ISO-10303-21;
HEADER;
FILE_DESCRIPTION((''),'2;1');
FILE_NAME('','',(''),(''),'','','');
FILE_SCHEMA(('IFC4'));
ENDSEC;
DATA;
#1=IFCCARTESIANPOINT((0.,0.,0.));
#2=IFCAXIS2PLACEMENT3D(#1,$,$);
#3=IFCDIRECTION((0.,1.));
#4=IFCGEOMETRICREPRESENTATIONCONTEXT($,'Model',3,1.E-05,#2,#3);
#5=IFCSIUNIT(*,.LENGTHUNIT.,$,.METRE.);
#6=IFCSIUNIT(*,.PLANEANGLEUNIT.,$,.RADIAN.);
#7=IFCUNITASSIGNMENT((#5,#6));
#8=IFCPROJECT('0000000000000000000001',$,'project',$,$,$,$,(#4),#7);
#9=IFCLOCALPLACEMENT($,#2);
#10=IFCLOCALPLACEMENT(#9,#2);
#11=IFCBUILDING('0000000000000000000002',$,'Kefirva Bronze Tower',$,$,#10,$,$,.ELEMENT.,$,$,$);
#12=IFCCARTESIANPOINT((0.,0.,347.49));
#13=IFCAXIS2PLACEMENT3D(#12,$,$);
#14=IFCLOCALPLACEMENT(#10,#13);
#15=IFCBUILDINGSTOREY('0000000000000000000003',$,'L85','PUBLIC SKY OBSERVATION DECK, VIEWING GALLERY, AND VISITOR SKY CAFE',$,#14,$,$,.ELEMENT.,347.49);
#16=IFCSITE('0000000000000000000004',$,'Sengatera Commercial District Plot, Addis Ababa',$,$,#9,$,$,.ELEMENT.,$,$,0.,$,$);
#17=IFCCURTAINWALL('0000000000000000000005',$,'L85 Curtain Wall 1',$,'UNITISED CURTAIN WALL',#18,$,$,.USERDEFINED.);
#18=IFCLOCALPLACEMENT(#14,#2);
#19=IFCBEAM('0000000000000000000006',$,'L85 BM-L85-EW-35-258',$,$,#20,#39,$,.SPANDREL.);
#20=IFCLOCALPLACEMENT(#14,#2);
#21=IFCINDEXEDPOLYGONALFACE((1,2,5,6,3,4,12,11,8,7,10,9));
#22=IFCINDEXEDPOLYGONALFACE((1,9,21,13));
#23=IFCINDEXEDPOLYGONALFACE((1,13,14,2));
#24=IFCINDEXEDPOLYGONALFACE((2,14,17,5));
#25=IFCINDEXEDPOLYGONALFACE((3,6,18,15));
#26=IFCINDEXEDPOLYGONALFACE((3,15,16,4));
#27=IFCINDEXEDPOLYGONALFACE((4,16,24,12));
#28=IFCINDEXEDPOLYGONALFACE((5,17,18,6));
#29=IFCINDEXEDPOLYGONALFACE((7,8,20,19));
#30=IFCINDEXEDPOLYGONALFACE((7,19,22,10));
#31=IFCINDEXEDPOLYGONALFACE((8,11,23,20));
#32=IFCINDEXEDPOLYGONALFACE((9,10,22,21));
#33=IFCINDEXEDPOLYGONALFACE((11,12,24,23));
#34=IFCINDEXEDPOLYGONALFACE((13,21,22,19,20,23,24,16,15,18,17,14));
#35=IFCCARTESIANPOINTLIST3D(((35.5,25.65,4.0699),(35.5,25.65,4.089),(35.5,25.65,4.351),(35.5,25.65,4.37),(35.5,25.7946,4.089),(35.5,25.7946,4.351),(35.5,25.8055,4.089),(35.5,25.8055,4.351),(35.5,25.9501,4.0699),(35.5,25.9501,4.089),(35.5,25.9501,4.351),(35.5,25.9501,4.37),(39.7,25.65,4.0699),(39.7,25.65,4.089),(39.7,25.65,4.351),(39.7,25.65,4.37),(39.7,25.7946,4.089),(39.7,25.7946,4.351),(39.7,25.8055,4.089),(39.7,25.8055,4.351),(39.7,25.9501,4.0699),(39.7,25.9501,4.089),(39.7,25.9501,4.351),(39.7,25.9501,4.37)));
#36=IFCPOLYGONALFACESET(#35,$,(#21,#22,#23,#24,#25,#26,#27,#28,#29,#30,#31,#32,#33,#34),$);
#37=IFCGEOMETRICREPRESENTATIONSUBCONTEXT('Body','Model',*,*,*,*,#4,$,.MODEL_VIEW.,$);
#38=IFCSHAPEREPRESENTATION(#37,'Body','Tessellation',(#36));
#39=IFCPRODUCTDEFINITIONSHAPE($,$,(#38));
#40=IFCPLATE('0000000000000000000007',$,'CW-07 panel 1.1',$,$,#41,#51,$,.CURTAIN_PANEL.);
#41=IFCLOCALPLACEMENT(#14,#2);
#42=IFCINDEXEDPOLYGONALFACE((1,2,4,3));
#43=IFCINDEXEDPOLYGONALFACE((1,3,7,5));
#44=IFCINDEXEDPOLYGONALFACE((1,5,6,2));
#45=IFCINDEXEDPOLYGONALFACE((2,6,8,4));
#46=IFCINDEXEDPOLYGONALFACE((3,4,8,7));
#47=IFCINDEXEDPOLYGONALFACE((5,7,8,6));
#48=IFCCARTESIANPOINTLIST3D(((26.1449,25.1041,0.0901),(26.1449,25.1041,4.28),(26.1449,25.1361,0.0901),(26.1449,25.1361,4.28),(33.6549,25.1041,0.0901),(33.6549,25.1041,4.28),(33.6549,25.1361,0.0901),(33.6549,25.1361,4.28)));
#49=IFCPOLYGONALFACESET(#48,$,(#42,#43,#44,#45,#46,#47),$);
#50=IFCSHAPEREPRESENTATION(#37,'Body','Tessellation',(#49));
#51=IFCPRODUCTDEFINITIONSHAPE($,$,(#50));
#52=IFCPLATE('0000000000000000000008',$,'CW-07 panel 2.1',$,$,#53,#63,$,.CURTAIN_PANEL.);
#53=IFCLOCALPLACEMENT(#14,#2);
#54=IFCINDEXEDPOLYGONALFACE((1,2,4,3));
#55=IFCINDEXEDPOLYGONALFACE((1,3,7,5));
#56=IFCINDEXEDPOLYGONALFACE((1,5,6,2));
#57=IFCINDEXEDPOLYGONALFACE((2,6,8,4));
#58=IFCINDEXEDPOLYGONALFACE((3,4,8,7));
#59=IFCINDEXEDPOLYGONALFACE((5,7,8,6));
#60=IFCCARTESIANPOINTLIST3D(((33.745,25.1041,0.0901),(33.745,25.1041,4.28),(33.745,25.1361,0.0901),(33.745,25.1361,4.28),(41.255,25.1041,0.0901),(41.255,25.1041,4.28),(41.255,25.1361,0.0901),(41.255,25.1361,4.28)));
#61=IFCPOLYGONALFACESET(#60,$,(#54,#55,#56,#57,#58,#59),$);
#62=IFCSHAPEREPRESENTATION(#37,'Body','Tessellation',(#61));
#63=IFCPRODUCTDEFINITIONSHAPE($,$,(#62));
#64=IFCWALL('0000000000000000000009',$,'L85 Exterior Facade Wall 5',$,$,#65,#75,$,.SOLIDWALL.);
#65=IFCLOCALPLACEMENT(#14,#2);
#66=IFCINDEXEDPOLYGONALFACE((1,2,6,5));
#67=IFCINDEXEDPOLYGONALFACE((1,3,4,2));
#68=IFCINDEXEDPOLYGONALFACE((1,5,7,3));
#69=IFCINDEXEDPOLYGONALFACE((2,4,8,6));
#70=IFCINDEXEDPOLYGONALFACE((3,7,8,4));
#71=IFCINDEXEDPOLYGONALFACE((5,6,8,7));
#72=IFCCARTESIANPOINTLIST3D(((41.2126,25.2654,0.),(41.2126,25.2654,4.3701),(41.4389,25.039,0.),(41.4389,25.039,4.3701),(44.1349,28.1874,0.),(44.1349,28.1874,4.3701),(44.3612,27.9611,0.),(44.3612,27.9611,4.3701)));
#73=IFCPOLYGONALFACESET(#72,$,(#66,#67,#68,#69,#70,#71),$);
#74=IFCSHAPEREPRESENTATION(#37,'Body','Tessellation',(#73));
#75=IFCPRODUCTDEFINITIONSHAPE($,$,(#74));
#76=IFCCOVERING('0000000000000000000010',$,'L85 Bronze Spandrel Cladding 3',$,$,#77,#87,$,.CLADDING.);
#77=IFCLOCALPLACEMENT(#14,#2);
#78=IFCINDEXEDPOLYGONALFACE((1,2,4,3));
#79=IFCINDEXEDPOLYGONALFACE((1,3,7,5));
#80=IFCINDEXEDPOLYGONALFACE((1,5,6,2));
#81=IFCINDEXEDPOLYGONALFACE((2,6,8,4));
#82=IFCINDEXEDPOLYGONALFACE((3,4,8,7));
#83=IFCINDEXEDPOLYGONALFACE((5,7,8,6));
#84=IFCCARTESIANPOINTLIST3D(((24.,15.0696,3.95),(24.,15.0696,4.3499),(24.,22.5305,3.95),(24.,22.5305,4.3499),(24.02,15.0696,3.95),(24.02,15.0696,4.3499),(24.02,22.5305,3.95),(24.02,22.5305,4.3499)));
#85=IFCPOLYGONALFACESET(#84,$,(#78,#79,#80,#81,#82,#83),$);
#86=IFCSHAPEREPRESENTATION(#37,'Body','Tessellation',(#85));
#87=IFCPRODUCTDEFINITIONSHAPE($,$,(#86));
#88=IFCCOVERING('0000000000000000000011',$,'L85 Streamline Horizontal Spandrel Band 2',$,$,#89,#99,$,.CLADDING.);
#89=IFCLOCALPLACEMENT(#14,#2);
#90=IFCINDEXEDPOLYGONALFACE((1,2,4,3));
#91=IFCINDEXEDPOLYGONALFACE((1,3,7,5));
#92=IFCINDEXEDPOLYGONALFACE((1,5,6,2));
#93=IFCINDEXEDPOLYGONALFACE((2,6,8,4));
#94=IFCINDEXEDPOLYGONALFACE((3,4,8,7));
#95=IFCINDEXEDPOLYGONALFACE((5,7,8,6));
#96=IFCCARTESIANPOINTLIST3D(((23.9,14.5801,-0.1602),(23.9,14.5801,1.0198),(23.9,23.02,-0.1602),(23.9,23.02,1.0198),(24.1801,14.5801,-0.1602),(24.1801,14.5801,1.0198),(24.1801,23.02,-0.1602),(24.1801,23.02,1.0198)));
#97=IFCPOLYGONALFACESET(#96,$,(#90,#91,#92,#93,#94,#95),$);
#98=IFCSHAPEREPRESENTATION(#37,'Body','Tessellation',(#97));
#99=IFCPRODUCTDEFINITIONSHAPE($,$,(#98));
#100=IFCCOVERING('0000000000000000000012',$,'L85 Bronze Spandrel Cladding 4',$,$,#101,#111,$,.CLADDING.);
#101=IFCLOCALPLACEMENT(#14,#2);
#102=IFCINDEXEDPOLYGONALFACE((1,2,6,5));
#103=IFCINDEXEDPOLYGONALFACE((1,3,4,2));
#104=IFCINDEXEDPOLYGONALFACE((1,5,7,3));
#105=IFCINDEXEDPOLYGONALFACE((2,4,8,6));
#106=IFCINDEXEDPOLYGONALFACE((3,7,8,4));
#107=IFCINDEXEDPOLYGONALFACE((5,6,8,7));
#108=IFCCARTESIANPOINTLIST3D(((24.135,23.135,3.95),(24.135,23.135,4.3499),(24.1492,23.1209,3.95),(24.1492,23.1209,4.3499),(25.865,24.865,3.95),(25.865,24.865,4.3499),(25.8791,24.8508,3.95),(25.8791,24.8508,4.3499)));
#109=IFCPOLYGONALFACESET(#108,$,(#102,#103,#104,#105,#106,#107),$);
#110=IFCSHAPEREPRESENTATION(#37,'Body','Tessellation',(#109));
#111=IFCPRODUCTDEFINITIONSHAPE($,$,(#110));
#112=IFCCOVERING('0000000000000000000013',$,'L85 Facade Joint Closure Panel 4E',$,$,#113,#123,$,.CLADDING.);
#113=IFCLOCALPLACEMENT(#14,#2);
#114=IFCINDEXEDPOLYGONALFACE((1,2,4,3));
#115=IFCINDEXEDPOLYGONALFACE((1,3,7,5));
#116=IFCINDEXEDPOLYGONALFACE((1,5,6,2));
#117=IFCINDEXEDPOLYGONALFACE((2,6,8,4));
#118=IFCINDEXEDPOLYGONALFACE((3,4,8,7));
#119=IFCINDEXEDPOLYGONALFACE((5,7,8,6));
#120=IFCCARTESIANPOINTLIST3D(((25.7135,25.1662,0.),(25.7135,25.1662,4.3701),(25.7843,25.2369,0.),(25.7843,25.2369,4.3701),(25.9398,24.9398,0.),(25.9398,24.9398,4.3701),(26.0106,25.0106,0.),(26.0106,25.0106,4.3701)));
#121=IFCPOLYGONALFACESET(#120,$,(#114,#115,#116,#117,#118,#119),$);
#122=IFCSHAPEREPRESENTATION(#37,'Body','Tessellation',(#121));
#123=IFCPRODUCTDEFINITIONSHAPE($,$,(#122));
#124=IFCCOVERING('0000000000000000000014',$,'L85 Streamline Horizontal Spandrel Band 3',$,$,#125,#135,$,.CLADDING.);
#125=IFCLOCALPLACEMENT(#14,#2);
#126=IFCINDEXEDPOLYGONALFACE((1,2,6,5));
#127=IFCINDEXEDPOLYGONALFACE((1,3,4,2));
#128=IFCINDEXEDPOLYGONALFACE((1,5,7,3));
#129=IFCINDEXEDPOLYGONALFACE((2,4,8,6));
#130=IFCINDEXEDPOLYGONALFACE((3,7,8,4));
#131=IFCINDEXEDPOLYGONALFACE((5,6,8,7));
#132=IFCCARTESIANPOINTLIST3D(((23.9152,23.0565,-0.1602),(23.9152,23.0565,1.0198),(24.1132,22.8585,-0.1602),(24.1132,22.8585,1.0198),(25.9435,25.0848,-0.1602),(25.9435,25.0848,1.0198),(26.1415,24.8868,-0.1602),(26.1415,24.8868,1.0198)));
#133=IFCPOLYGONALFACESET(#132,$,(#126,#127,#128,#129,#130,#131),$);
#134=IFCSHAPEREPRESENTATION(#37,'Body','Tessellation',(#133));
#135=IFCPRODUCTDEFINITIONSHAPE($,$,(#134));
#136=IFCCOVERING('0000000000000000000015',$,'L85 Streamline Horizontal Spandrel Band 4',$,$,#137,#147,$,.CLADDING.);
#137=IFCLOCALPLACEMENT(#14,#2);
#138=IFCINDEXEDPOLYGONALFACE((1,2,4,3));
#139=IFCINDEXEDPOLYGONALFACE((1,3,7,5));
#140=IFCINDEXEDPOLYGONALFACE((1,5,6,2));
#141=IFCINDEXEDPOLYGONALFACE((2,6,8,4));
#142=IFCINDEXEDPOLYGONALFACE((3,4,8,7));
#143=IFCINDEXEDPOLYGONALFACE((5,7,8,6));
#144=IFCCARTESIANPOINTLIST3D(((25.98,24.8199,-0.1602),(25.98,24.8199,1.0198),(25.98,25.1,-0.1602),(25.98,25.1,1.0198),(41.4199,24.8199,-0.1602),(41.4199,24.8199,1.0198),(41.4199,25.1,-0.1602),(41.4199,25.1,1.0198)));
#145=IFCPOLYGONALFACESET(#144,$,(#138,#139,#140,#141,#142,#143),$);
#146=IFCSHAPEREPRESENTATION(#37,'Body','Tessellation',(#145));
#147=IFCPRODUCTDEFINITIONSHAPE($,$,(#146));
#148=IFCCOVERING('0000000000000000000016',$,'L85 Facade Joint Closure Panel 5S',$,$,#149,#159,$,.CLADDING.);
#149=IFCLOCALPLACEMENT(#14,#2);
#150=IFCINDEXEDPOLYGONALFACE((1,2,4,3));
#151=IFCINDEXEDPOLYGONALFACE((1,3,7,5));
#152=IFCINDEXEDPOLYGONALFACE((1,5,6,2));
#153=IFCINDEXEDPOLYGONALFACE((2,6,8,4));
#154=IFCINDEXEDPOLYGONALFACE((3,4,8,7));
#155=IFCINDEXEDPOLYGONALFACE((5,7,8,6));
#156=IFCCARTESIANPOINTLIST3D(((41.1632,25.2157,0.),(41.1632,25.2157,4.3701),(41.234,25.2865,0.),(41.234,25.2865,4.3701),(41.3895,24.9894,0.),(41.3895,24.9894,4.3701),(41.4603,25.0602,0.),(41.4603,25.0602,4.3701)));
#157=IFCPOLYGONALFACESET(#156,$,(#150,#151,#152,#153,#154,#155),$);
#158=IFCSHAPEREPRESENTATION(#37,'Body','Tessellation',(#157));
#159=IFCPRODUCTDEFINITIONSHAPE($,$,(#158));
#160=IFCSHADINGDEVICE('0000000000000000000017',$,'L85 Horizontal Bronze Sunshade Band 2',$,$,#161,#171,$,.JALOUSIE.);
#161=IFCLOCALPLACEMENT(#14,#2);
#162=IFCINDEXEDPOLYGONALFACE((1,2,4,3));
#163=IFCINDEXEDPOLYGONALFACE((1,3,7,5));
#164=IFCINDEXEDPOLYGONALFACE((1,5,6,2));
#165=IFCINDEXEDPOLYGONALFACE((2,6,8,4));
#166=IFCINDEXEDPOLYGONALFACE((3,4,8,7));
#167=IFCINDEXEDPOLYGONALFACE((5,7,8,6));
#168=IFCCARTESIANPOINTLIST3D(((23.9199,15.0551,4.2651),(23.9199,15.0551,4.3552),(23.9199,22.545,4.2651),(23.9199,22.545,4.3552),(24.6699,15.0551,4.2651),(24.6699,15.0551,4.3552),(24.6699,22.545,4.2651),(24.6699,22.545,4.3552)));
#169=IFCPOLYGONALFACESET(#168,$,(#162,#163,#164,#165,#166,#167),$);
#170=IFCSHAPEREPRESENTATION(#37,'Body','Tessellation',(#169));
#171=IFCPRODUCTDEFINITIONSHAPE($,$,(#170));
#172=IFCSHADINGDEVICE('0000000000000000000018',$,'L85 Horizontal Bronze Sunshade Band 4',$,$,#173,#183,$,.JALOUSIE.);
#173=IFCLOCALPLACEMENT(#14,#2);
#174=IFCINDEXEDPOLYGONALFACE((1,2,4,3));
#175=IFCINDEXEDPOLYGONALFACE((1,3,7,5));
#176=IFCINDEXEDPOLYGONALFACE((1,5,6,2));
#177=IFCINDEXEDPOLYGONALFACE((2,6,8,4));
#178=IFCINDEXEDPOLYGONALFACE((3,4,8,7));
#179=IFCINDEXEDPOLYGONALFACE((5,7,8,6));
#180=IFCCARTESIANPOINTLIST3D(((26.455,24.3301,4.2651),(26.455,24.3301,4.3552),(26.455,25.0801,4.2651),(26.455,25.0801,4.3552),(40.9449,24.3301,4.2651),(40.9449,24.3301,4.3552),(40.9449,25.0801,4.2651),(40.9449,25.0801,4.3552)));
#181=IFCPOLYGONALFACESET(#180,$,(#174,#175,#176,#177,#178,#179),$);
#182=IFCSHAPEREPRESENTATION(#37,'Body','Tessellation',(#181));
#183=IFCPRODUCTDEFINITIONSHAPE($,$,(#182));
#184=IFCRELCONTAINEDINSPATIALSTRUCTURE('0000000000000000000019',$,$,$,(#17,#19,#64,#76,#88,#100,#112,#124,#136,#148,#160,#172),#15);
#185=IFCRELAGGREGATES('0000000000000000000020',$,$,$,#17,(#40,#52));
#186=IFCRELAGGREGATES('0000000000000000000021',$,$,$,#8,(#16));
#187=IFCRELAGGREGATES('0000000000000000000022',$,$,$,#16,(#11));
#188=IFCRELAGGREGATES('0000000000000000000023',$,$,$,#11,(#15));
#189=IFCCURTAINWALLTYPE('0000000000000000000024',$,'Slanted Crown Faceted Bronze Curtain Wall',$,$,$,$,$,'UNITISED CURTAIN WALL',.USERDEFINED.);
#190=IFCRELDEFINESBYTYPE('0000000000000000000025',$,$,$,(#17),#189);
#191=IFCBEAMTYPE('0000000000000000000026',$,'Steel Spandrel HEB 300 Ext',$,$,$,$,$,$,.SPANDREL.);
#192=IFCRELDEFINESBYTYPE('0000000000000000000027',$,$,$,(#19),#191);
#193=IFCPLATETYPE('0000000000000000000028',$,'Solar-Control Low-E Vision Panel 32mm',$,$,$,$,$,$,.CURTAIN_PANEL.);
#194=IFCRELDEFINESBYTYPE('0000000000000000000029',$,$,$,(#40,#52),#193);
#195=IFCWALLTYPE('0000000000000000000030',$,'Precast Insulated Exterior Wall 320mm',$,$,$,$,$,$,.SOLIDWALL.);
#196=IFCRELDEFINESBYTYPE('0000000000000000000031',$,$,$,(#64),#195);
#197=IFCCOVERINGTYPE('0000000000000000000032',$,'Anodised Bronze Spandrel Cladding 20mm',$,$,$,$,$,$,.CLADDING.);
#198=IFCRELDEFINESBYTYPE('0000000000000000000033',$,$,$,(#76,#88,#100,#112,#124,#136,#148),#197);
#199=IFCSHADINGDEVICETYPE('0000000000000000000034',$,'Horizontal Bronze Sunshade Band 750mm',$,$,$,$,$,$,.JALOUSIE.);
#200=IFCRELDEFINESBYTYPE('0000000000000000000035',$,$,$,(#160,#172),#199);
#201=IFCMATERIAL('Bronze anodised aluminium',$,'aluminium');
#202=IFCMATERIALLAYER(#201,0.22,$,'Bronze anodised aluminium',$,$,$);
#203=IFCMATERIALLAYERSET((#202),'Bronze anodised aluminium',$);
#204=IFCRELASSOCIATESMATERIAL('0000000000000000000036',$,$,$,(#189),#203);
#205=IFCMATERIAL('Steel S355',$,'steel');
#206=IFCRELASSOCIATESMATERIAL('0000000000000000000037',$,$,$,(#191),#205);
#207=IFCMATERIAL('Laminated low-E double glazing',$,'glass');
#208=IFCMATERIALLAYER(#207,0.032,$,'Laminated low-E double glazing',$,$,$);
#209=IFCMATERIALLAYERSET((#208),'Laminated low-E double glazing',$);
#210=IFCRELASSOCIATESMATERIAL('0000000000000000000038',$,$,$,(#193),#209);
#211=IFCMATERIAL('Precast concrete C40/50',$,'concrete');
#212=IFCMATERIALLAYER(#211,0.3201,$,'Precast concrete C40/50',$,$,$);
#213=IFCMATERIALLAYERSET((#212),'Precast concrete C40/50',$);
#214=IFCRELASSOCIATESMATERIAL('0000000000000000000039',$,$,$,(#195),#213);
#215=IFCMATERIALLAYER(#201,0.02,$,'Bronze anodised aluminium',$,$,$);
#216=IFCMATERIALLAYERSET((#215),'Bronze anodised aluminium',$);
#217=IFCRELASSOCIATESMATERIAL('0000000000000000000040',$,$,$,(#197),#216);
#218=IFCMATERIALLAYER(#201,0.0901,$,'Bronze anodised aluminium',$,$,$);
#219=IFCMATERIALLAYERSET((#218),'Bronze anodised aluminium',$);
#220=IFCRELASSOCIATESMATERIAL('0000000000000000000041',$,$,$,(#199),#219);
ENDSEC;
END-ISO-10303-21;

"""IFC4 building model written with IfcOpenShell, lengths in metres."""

from ifc_helpers import new_model, si_unit, direction, frame, frame_2d, origin, origin_2d, place, context, subcontext, project, spatial, rectangle, i_section, extrude, material, layer, layer_set, material_profile, profile_set, type_object, element, aggregate, save


model = new_model("IFC4")

# Units and contexts
model_context = context("Model", 3, precision=1e-05, world=origin(), true_north=direction((0.0, 1.0)))
body_context = subcontext(model_context, "Body", "Model", "MODEL_VIEW")
ifc_project = project(units=[si_unit("LENGTHUNIT", "METRE"), si_unit("PLANEANGLEUNIT", "RADIAN")], contexts=[model_context])

# Site, building, storey
site_placement = place(None, origin())
site = spatial("IfcSite", under=ifc_project, at=site_placement, Name="Sengatera Commercial District Plot, Addis Ababa", CompositionType="ELEMENT", RefElevation=0.0)
building_placement = place(site_placement, origin())
building = spatial("IfcBuilding", under=site, at=building_placement, Name="Kefirva Bronze Tower", CompositionType="ELEMENT")
storey_placement = place(building_placement, frame((0.0, 0.0, 347.49)))
storey = spatial("IfcBuildingStorey", under=building, at=storey_placement, Name="L85", Description="PUBLIC SKY OBSERVATION DECK, VIEWING GALLERY, AND VISITOR SKY CAFE", CompositionType="ELEMENT", Elevation=347.49)

# Curtain wall
ifc_material_1 = material(Name="Bronze anodised aluminium", Category="aluminium")
ifc_layer_1 = layer(ifc_material_1, 0.22, Name="Bronze anodised aluminium")
ifc_layer_set_1 = layer_set([ifc_layer_1], Name="Bronze anodised aluminium")
curtain_wall_type = type_object("IfcCurtainWallType", Name="Slanted Crown Faceted Bronze Curtain Wall", ElementType="UNITISED CURTAIN WALL", PredefinedType="USERDEFINED", material=ifc_layer_set_1)
curtain_wall_placement = place(storey_placement, origin())
curtain_wall = element("IfcCurtainWall", 1, at=curtain_wall_placement, inside=storey, type_object=curtain_wall_type, Name="L85 Curtain Wall 1", ObjectType="UNITISED CURTAIN WALL", PredefinedType="USERDEFINED")

# Beam
ifc_material_2 = material(Name="Steel S355", Category="steel")
ifc_material_profile_1 = material_profile(ifc_material_2, i_section(OverallWidth=0.3, OverallDepth=0.3, WebThickness=0.011, FlangeThickness=0.019, at=origin_2d()), Name="HEB 300")
ifc_profile_set_1 = profile_set([ifc_material_profile_1], Name="Steel S355")
beam_type_1 = type_object("IfcBeamType", Name="Steel Spandrel HEB 300 Ext", PredefinedType="SPANDREL", material=ifc_profile_set_1)
beam_1_placement = place(storey_placement, frame((35.5, 25.8, 4.22), z_axis=(1.0, 0.0, 0.0), x_axis=(0.0, 1.0, 0.0)))
element("IfcBeam", 2, at=beam_1_placement, inside=storey, type_object=beam_type_1, Name="L85 BM-L85-EW-35-258", PredefinedType="SPANDREL", context=body_context, shape_type="SweptSolid", body=[
    extrude(i_section(OverallWidth=0.3, OverallDepth=0.3, WebThickness=0.011, FlangeThickness=0.019, at=origin_2d()), origin(), (0.0, 0.0, 1.0), 4.2),
])

# Plates
ifc_material_3 = material(Name="Laminated low-E double glazing", Category="glass")
ifc_layer_2 = layer(ifc_material_3, 0.032, Name="Laminated low-E double glazing")
ifc_layer_set_2 = layer_set([ifc_layer_2], Name="Laminated low-E double glazing")
plate_type = type_object("IfcPlateType", Name="Solar-Control Low-E Vision Panel 32mm", PredefinedType="CURTAIN_PANEL", material=ifc_layer_set_2)
plate_1_placement = place(storey_placement, frame((29.8999, 25.1201, 0.0901), z_axis=(0.0, 0.0, 1.0), x_axis=(1.0, 0.0, 0.0)))
plate_1 = element("IfcPlate", 3, at=plate_1_placement, type_object=plate_type, Name="CW-07 panel 1.1", PredefinedType="CURTAIN_PANEL", context=body_context, shape_type="SweptSolid", body=[
    extrude(rectangle(XDim=7.51, YDim=0.032, at=origin_2d()), origin(), (0.0, 0.0, 1.0), 4.1899),
])
plate_2_placement = place(storey_placement, frame((37.5, 25.1201, 0.0901), z_axis=(0.0, 0.0, 1.0), x_axis=(1.0, 0.0, 0.0)))
plate_2 = element("IfcPlate", 4, at=plate_2_placement, type_object=plate_type, Name="CW-07 panel 2.1", PredefinedType="CURTAIN_PANEL", context=body_context, shape_type="SweptSolid", body=[
    extrude(rectangle(XDim=7.51, YDim=0.032, at=origin_2d()), origin(), (0.0, 0.0, 1.0), 4.1899),
])
aggregate(curtain_wall, [plate_1, plate_2])

# Wall
ifc_material_4 = material(Name="Precast concrete C40/50", Category="concrete")
ifc_layer_3 = layer(ifc_material_4, 0.3201, Name="Precast concrete C40/50")
ifc_layer_set_3 = layer_set([ifc_layer_3], Name="Precast concrete C40/50")
wall_type = type_object("IfcWallType", Name="Precast Insulated Exterior Wall 320mm", PredefinedType="SOLIDWALL", material=ifc_layer_set_3)
wall_placement = place(storey_placement, frame((41.3257, 25.1521, 0.0), z_axis=(0.0, 0.0, 1.0), x_axis=(0.707136, 0.707077, 0.0)))
element("IfcWall", 5, at=wall_placement, inside=storey, type_object=wall_type, Name="L85 Exterior Facade Wall 5", PredefinedType="SOLIDWALL", context=body_context, shape_type="SweptSolid", body=[
    extrude(rectangle(XDim=4.1326, YDim=0.3201, at=frame_2d((2.0664, 0.0))), origin(), (0.0, 0.0, 1.0), 4.3701),
])

# Coverings
ifc_layer_4 = layer(ifc_material_1, 0.02, Name="Bronze anodised aluminium")
ifc_layer_set_4 = layer_set([ifc_layer_4], Name="Bronze anodised aluminium")
covering_type_1 = type_object("IfcCoveringType", Name="Anodised Bronze Spandrel Cladding 20mm", PredefinedType="CLADDING", material=ifc_layer_set_4)
covering_1_placement = place(storey_placement, frame((24.01, 18.8, 3.95), z_axis=(0.0, 0.0, 1.0), x_axis=(0.0, 1.0, 0.0)))
element("IfcCovering", 6, at=covering_1_placement, inside=storey, type_object=covering_type_1, Name="L85 Bronze Spandrel Cladding 3", PredefinedType="CLADDING", context=body_context, shape_type="SweptSolid", body=[
    extrude(rectangle(XDim=7.4609, YDim=0.02, at=origin_2d()), origin(), (0.0, 0.0, 1.0), 0.3999),
])
covering_2_placement = place(storey_placement, frame((24.04, 18.8, -0.1602), z_axis=(0.0, 0.0, 1.0), x_axis=(0.0, 1.0, 0.0)))
element("IfcCovering", 7, at=covering_2_placement, inside=storey, type_object=covering_type_1, Name="L85 Streamline Horizontal Spandrel Band 2", PredefinedType="CLADDING", context=body_context, shape_type="SweptSolid", body=[
    extrude(rectangle(XDim=8.4399, YDim=0.28, at=origin_2d()), origin(), (0.0, 0.0, 1.0), 1.1799),
])
covering_3_placement = place(storey_placement, frame((25.0071, 23.9929, 3.95), z_axis=(0.0, 0.0, 1.0), x_axis=(0.707107, 0.707107, 0.0)))
element("IfcCovering", 8, at=covering_3_placement, inside=storey, type_object=covering_type_1, Name="L85 Bronze Spandrel Cladding 4", PredefinedType="CLADDING", context=body_context, shape_type="SweptSolid", body=[
    extrude(rectangle(XDim=2.4465, YDim=0.02, at=origin_2d()), origin(), (0.0, 0.0, 1.0), 0.3999),
])
covering_4_placement = place(storey_placement, frame((25.8621, 25.0884, 0.0), z_axis=(0.0, 0.0, 1.0), x_axis=(0.707107, 0.707107, 0.0)))
element("IfcCovering", 9, at=covering_4_placement, inside=storey, type_object=covering_type_1, Name="L85 Facade Joint Closure Panel 4E", PredefinedType="CLADDING", context=body_context, shape_type="SweptSolid", body=[
    extrude(rectangle(XDim=0.1001, YDim=0.3201, at=origin_2d()), origin(), (0.0, 0.0, 1.0), 4.3701),
])
covering_5_placement = place(storey_placement, frame((25.0283, 23.9717, -0.1602), z_axis=(0.0, 0.0, 1.0), x_axis=(0.707107, 0.707107, 0.0)))
element("IfcCovering", 10, at=covering_5_placement, inside=storey, type_object=covering_type_1, Name="L85 Streamline Horizontal Spandrel Band 3", PredefinedType="CLADDING", context=body_context, shape_type="SweptSolid", body=[
    extrude(rectangle(XDim=2.8684, YDim=0.28, at=origin_2d()), origin(), (0.0, 0.0, 1.0), 1.1799),
])
covering_6_placement = place(storey_placement, frame((33.7, 24.96, -0.1602), z_axis=(0.0, 0.0, 1.0), x_axis=(1.0, 0.0, 0.0)))
element("IfcCovering", 11, at=covering_6_placement, inside=storey, type_object=covering_type_1, Name="L85 Streamline Horizontal Spandrel Band 4", PredefinedType="CLADDING", context=body_context, shape_type="SweptSolid", body=[
    extrude(rectangle(XDim=15.4399, YDim=0.28, at=origin_2d()), origin(), (0.0, 0.0, 1.0), 1.1799),
])
covering_7_placement = place(storey_placement, frame((41.3118, 25.1379, 0.0), z_axis=(0.0, 0.0, 1.0), x_axis=(0.707107, 0.707107, 0.0)))
element("IfcCovering", 12, at=covering_7_placement, inside=storey, type_object=covering_type_1, Name="L85 Facade Joint Closure Panel 5S", PredefinedType="CLADDING", context=body_context, shape_type="SweptSolid", body=[
    extrude(rectangle(XDim=0.1001, YDim=0.3201, at=origin_2d()), origin(), (0.0, 0.0, 1.0), 4.3701),
])

# Shading devices
ifc_layer_5 = layer(ifc_material_1, 0.0901, Name="Bronze anodised aluminium")
ifc_layer_set_5 = layer_set([ifc_layer_5], Name="Bronze anodised aluminium")
shading_device_type = type_object("IfcShadingDeviceType", Name="Horizontal Bronze Sunshade Band 750mm", PredefinedType="JALOUSIE", material=ifc_layer_set_5)
shading_device_1_placement = place(storey_placement, frame((24.2949, 18.8, 4.2651), z_axis=(0.0, 0.0, 1.0), x_axis=(0.0, 1.0, 0.0)))
element("IfcShadingDevice", 13, at=shading_device_1_placement, inside=storey, type_object=shading_device_type, Name="L85 Horizontal Bronze Sunshade Band 2", PredefinedType="JALOUSIE", context=body_context, shape_type="SweptSolid", body=[
    extrude(rectangle(XDim=7.49, YDim=0.75, at=origin_2d()), origin(), (0.0, 0.0, 1.0), 0.0901),
])
shading_device_2_placement = place(storey_placement, frame((33.7, 24.7051, 4.2651), z_axis=(0.0, 0.0, 1.0), x_axis=(1.0, 0.0, 0.0)))
element("IfcShadingDevice", 14, at=shading_device_2_placement, inside=storey, type_object=shading_device_type, Name="L85 Horizontal Bronze Sunshade Band 4", PredefinedType="JALOUSIE", context=body_context, shape_type="SweptSolid", body=[
    extrude(rectangle(XDim=14.49, YDim=0.75, at=origin_2d()), origin(), (0.0, 0.0, 1.0), 0.0901),
])

save(model, "model.ifc")
